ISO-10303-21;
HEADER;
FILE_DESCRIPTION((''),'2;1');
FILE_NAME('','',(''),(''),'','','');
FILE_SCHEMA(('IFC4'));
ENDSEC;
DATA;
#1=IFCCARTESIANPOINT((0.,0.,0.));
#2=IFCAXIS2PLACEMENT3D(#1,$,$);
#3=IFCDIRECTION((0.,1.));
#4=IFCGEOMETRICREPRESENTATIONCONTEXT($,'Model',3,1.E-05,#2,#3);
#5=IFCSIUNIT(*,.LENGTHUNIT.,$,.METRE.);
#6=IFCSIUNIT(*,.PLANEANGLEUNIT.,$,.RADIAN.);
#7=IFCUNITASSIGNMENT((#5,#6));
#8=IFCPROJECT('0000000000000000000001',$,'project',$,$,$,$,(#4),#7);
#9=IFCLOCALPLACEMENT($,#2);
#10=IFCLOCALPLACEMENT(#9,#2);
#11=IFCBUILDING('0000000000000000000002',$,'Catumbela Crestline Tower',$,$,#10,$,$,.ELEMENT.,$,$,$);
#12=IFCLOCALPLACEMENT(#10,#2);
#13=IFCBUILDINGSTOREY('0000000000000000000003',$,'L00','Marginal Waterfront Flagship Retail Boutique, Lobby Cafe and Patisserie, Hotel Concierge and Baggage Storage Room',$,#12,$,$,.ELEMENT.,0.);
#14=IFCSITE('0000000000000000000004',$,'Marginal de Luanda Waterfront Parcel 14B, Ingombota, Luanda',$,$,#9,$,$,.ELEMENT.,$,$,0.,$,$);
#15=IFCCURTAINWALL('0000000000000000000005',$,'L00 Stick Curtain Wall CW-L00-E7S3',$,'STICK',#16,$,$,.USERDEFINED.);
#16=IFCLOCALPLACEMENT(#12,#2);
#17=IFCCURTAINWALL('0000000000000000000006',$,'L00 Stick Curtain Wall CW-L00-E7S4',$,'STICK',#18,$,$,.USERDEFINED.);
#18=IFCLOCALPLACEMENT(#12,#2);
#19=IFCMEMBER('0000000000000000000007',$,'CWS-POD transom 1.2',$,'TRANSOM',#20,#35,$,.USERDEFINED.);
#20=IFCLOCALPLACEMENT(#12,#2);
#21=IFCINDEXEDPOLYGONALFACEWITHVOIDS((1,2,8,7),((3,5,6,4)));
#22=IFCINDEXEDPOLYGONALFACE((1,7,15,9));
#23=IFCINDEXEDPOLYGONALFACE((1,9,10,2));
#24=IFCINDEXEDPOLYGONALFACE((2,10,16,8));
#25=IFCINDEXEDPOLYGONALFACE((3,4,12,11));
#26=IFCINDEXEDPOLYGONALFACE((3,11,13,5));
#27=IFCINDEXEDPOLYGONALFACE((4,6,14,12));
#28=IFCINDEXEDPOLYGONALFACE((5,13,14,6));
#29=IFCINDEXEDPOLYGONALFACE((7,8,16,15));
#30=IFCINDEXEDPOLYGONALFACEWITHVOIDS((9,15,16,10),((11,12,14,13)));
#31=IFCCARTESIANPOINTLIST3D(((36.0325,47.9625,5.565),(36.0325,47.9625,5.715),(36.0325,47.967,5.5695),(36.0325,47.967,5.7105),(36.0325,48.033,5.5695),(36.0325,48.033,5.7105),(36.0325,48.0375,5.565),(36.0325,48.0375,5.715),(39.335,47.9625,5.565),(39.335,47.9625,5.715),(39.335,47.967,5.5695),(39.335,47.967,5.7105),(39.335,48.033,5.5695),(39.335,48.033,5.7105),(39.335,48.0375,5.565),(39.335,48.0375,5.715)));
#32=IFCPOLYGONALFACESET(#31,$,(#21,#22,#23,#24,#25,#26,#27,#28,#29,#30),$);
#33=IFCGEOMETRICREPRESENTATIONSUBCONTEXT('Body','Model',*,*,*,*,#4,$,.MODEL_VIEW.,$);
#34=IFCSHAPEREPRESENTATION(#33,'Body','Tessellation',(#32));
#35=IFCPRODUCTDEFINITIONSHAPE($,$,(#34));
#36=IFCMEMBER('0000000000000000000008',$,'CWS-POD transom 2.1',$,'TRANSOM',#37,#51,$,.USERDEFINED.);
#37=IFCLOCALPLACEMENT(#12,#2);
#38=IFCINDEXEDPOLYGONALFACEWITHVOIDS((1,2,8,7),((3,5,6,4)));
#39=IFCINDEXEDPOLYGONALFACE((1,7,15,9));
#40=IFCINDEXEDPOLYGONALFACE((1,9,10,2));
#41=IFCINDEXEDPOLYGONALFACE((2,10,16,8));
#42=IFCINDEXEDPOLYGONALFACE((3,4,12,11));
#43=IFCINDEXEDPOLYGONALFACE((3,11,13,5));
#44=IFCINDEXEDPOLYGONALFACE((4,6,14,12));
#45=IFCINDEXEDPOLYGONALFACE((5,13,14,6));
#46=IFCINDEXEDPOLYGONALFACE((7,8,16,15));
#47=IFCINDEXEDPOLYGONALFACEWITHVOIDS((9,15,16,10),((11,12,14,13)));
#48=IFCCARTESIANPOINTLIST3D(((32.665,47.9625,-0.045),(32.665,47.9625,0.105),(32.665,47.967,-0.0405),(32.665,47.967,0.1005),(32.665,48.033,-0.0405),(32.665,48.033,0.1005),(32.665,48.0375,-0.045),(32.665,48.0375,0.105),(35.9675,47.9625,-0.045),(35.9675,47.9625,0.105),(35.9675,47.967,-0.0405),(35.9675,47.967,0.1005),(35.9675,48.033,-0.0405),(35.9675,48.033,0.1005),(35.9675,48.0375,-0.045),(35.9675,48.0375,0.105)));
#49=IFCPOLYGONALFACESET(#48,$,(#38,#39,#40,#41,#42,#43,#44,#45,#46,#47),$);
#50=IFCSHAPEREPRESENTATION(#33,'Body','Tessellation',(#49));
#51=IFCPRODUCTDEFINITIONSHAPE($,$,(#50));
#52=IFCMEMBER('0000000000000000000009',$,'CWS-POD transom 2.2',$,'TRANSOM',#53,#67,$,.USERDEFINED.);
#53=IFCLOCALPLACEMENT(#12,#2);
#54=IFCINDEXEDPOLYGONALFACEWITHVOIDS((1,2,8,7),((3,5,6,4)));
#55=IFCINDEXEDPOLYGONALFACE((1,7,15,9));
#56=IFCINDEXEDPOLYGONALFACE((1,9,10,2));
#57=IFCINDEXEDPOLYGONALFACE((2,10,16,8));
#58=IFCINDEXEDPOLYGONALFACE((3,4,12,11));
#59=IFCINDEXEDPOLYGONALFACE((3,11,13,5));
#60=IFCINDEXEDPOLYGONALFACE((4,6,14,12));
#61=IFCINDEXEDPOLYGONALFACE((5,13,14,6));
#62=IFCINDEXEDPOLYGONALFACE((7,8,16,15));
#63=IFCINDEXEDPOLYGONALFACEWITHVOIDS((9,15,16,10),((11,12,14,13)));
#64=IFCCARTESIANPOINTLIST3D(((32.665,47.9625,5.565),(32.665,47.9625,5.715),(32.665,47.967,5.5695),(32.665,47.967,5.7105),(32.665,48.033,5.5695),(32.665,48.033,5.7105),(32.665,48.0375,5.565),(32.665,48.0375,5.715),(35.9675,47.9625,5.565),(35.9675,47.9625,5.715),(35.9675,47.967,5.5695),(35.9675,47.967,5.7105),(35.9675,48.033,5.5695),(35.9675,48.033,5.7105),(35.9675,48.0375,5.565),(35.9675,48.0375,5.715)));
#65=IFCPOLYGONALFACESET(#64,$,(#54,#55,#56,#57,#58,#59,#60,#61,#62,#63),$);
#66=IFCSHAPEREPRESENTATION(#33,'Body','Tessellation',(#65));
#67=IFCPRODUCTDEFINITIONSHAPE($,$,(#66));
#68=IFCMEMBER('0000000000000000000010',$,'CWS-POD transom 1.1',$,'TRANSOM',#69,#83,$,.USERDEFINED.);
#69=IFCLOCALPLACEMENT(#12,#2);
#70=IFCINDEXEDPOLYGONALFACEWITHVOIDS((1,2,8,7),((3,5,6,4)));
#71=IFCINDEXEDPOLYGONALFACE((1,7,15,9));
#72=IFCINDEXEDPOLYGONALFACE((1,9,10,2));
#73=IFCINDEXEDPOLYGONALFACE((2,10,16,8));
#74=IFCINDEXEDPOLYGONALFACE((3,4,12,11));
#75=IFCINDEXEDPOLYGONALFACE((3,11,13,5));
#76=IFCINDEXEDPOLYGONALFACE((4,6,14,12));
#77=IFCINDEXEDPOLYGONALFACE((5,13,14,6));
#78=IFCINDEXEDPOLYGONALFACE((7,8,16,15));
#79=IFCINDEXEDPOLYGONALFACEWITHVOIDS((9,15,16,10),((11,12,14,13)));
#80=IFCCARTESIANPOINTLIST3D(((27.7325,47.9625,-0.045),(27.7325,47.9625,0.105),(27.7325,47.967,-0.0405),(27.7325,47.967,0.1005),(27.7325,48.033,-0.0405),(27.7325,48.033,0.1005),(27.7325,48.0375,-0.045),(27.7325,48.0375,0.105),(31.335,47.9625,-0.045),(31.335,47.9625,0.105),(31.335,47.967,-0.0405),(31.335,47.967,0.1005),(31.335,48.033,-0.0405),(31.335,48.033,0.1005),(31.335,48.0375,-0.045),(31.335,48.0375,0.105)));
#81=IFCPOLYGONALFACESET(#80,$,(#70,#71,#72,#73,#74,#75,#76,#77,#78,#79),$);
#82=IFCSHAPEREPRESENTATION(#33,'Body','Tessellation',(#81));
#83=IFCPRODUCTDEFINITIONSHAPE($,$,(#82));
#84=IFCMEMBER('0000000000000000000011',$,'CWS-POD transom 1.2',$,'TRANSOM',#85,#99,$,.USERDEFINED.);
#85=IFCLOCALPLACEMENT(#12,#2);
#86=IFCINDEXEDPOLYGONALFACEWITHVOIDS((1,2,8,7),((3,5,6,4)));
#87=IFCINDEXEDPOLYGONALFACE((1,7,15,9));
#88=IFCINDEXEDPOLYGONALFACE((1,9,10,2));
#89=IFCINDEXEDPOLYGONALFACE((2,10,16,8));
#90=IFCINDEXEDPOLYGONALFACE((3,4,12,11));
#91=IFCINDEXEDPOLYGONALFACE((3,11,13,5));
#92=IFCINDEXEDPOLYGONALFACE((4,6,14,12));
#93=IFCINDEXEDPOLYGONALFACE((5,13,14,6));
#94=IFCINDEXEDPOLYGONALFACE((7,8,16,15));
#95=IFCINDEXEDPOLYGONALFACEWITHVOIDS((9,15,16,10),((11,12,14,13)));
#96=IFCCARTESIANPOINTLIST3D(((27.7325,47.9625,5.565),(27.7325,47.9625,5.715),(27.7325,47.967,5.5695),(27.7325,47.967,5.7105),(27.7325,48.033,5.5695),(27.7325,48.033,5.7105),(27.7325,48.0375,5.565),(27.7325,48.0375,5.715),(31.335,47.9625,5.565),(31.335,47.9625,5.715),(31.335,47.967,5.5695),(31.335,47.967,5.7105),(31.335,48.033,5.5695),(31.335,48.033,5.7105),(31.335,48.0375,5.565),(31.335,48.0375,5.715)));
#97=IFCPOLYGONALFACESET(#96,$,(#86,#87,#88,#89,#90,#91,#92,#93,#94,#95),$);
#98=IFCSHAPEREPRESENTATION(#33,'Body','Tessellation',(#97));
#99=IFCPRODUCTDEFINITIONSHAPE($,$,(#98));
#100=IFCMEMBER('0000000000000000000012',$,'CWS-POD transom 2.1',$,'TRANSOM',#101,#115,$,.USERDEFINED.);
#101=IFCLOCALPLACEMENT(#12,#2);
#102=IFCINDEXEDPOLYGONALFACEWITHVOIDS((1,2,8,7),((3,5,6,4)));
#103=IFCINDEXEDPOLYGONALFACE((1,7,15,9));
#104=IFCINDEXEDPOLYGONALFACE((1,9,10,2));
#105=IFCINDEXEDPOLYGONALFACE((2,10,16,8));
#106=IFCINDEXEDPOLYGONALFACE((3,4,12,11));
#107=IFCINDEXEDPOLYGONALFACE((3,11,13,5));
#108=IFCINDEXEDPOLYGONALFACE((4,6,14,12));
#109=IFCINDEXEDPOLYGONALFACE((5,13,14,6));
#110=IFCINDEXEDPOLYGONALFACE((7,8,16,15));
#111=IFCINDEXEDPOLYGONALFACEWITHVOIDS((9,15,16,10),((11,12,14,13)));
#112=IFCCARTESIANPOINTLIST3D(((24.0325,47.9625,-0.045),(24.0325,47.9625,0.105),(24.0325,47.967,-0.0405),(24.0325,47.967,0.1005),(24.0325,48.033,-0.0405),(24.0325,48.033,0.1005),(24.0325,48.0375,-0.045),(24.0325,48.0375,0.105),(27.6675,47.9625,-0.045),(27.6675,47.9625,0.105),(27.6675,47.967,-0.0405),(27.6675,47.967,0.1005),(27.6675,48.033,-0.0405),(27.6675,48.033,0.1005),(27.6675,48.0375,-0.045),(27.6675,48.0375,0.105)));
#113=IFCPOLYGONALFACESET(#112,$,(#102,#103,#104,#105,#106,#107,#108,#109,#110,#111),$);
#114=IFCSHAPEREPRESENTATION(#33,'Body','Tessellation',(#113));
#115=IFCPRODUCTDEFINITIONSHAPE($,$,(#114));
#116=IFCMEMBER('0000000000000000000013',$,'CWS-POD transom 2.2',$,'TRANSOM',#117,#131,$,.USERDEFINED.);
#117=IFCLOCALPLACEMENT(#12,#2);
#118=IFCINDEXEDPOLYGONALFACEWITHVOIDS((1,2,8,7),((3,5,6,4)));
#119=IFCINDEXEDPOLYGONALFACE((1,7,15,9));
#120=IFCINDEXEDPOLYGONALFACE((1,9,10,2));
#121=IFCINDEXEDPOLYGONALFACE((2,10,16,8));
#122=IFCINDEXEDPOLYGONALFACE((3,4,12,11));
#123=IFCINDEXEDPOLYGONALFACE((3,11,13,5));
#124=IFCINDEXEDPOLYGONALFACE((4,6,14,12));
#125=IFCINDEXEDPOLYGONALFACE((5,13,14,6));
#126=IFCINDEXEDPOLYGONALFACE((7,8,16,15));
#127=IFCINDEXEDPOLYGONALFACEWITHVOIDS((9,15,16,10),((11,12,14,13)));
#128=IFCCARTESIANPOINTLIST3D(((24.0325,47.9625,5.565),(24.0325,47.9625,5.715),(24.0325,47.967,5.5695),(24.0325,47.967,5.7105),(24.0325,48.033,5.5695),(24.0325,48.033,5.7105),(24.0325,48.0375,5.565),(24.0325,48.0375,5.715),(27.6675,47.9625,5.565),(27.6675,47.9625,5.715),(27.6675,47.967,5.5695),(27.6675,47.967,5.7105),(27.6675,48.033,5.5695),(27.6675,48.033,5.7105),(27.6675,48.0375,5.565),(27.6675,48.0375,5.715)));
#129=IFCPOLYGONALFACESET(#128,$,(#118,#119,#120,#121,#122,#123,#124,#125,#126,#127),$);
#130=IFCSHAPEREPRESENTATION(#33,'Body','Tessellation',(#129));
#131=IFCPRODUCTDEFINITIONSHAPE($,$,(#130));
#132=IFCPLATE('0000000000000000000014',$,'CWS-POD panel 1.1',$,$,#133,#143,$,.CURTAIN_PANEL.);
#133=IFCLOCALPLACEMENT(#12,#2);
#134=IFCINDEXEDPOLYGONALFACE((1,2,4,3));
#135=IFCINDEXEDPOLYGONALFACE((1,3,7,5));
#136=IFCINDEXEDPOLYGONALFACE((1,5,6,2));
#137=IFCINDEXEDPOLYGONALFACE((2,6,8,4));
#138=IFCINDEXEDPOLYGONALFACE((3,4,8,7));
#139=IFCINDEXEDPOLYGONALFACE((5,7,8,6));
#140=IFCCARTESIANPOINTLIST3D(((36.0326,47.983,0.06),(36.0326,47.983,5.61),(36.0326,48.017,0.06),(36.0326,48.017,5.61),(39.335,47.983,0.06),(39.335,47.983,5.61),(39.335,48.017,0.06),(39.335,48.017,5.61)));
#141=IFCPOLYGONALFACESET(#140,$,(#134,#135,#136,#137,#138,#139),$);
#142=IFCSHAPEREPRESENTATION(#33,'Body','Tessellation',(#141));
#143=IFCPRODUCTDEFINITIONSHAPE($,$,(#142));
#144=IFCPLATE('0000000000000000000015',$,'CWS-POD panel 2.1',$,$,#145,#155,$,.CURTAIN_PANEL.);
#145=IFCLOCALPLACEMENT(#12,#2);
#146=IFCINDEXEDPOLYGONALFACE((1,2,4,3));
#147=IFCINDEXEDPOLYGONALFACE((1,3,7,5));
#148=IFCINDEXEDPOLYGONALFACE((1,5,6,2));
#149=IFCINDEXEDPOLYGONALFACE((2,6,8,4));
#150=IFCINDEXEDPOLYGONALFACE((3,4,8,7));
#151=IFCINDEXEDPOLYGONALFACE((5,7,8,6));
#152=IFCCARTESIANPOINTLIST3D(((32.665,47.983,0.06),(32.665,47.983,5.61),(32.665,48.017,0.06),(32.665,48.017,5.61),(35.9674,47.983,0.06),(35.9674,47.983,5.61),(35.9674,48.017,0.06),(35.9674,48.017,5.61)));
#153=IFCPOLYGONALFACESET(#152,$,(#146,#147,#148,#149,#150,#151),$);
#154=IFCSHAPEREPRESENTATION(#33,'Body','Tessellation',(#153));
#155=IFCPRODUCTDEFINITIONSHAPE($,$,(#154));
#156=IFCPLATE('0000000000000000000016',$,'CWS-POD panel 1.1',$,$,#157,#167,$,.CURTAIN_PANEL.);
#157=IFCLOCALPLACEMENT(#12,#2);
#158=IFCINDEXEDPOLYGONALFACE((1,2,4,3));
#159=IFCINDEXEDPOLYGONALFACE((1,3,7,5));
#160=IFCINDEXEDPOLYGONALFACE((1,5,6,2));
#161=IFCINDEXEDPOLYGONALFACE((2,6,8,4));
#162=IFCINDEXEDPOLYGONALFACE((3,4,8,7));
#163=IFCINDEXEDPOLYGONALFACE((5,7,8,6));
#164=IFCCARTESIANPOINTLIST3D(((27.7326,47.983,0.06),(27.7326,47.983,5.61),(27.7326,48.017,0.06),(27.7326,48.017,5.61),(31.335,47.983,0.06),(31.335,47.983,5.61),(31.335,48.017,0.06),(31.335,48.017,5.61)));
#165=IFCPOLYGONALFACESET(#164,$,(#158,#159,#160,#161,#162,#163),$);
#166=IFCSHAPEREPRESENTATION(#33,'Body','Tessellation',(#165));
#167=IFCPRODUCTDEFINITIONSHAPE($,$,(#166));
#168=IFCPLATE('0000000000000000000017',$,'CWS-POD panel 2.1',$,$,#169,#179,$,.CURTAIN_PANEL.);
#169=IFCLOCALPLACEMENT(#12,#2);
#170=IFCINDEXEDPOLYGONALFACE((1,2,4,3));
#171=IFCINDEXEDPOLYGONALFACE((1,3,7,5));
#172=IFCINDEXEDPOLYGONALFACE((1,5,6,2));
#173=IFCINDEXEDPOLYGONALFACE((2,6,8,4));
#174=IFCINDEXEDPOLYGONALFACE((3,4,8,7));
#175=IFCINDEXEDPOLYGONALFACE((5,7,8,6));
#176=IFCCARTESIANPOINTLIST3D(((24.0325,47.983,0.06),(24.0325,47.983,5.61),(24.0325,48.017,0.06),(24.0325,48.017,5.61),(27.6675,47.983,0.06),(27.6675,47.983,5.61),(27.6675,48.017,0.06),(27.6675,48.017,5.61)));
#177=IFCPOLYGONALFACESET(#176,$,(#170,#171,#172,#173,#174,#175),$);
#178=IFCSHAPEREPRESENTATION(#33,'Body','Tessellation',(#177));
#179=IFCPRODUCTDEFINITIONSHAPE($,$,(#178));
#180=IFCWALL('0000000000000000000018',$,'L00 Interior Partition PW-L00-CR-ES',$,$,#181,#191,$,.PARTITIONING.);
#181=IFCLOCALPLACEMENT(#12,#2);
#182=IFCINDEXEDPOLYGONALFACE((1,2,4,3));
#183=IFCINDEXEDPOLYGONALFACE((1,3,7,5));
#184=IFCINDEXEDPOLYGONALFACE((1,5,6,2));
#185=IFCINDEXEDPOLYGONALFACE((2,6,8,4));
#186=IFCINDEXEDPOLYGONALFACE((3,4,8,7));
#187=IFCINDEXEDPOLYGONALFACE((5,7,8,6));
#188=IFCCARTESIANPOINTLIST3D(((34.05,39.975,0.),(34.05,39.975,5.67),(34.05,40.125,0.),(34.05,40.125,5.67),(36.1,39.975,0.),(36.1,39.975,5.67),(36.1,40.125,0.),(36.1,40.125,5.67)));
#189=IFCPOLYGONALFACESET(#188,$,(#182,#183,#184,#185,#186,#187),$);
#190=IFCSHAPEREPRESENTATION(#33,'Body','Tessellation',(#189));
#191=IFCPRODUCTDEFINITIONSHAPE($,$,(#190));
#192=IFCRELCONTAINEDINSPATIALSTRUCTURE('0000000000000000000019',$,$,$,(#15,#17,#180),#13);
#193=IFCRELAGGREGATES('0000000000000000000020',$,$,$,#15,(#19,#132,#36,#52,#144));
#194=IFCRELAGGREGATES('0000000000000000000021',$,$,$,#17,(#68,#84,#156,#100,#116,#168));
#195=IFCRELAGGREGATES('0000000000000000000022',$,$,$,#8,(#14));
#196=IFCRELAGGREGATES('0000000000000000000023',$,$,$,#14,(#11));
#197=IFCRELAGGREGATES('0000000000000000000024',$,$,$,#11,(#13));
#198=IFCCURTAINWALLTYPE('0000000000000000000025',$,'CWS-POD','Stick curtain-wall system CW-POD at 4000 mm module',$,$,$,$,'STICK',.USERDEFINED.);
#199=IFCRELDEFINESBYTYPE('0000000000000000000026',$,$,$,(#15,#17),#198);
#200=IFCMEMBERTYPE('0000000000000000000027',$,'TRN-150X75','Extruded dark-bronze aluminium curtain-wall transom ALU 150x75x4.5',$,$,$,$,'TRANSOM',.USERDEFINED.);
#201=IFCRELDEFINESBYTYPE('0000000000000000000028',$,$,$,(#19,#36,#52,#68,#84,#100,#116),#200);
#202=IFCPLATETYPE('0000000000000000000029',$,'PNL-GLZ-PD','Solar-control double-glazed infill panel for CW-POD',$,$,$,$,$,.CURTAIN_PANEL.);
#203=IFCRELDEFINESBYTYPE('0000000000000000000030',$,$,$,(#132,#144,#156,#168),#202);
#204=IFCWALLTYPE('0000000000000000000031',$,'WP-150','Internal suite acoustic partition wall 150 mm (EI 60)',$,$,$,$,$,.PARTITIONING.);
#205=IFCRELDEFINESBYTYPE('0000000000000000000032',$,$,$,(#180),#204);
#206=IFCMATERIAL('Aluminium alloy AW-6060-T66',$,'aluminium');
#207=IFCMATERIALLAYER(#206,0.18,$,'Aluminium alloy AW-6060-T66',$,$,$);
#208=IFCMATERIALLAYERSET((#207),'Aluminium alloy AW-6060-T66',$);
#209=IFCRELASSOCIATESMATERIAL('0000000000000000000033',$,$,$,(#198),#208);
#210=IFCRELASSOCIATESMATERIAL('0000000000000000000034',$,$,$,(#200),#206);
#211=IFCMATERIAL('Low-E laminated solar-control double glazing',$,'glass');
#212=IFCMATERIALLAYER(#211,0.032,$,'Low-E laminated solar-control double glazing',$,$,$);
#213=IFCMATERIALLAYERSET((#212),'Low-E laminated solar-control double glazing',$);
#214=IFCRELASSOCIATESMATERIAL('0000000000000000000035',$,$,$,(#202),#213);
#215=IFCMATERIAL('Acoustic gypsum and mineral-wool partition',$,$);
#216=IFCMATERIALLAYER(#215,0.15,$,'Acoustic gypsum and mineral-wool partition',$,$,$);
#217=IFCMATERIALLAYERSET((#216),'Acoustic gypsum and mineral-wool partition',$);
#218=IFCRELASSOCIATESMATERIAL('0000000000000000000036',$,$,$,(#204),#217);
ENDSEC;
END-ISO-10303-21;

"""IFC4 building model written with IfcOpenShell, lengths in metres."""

from ifc_helpers import new_model, si_unit, direction, frame, frame_2d, origin, origin_2d, place, context, subcontext, project, spatial, rectangle, hollow_rectangle, extrude, material, layer, layer_set, material_profile, profile_set, type_object, element, aggregate, save


model = new_model("IFC4")

# Units and contexts
model_context = context("Model", 3, precision=1e-05, world=origin(), true_north=direction((0.0, 1.0)))
body_context = subcontext(model_context, "Body", "Model", "MODEL_VIEW")
ifc_project = project(units=[si_unit("LENGTHUNIT", "METRE"), si_unit("PLANEANGLEUNIT", "RADIAN")], contexts=[model_context])

# Site, building, storey
site_placement = place(None, origin())
site = spatial("IfcSite", under=ifc_project, at=site_placement, Name="Marginal de Luanda Waterfront Parcel 14B, Ingombota, Luanda", CompositionType="ELEMENT", RefElevation=0.0)
building_placement = place(site_placement, origin())
building = spatial("IfcBuilding", under=site, at=building_placement, Name="Catumbela Crestline Tower", CompositionType="ELEMENT")
storey_placement = place(building_placement, origin())
storey = spatial("IfcBuildingStorey", under=building, at=storey_placement, Name="L00", Description="Marginal Waterfront Flagship Retail Boutique, Lobby Cafe and Patisserie, Hotel Concierge and Baggage Storage Room", CompositionType="ELEMENT", Elevation=0.0)

# Curtain walls
ifc_material_1 = material(Name="Aluminium alloy AW-6060-T66", Category="aluminium")
ifc_layer_1 = layer(ifc_material_1, 0.18, Name="Aluminium alloy AW-6060-T66")
ifc_layer_set_1 = layer_set([ifc_layer_1], Name="Aluminium alloy AW-6060-T66")
curtain_wall_type = type_object("IfcCurtainWallType", Name="CWS-POD", Description="Stick curtain-wall system CW-POD at 4000 mm module", ElementType="STICK", PredefinedType="USERDEFINED", material=ifc_layer_set_1)
curtain_wall_1_placement = place(storey_placement, origin())
curtain_wall_1 = element("IfcCurtainWall", 1, at=curtain_wall_1_placement, inside=storey, type_object=curtain_wall_type, Name="L00 Stick Curtain Wall CW-L00-E7S3", ObjectType="STICK", PredefinedType="USERDEFINED")
curtain_wall_2_placement = place(storey_placement, origin())
curtain_wall_2 = element("IfcCurtainWall", 2, at=curtain_wall_2_placement, inside=storey, type_object=curtain_wall_type, Name="L00 Stick Curtain Wall CW-L00-E7S4", ObjectType="STICK", PredefinedType="USERDEFINED")

# Members
ifc_material_profile_1 = material_profile(ifc_material_1, hollow_rectangle(XDim=0.075, YDim=0.15, WallThickness=0.0045, at=origin_2d()), Name="ALU 150x75x4.5")
ifc_profile_set_1 = profile_set([ifc_material_profile_1], Name="Aluminium alloy AW-6060-T66")
member_type_1 = type_object("IfcMemberType", Name="TRN-150X75", Description="Extruded dark-bronze aluminium curtain-wall transom ALU 150x75x4.5", ElementType="TRANSOM", PredefinedType="USERDEFINED", material=ifc_profile_set_1)
member_1_placement = place(storey_placement, frame((39.335, 48.0, 5.64), z_axis=(-1.0, 0.0, 0.0), x_axis=(0.0, -1.0, 0.0)))
member_1 = element("IfcMember", 3, at=member_1_placement, type_object=member_type_1, Name="CWS-POD transom 1.2", ObjectType="TRANSOM", PredefinedType="USERDEFINED", context=body_context, shape_type="SweptSolid", body=[
    extrude(hollow_rectangle(XDim=0.075, YDim=0.15, WallThickness=0.0045, at=origin_2d()), origin(), (0.0, 0.0, 1.0), 3.3025),
])
member_2_placement = place(storey_placement, frame((35.9675, 48.0, 0.03), z_axis=(-1.0, 0.0, 0.0), x_axis=(0.0, -1.0, 0.0)))
member_2 = element("IfcMember", 4, at=member_2_placement, type_object=member_type_1, Name="CWS-POD transom 2.1", ObjectType="TRANSOM", PredefinedType="USERDEFINED", context=body_context, shape_type="SweptSolid", body=[
    extrude(hollow_rectangle(XDim=0.075, YDim=0.15, WallThickness=0.0045, at=origin_2d()), origin(), (0.0, 0.0, 1.0), 3.3025),
])
member_3_placement = place(storey_placement, frame((35.9675, 48.0, 5.64), z_axis=(-1.0, 0.0, 0.0), x_axis=(0.0, -1.0, 0.0)))
member_3 = element("IfcMember", 5, at=member_3_placement, type_object=member_type_1, Name="CWS-POD transom 2.2", ObjectType="TRANSOM", PredefinedType="USERDEFINED", context=body_context, shape_type="SweptSolid", body=[
    extrude(hollow_rectangle(XDim=0.075, YDim=0.15, WallThickness=0.0045, at=origin_2d()), origin(), (0.0, 0.0, 1.0), 3.3025),
])
member_4_placement = place(storey_placement, frame((31.335, 48.0, 0.03), z_axis=(-1.0, 0.0, 0.0), x_axis=(0.0, -1.0, 0.0)))
member_4 = element("IfcMember", 6, at=member_4_placement, type_object=member_type_1, Name="CWS-POD transom 1.1", ObjectType="TRANSOM", PredefinedType="USERDEFINED", context=body_context, shape_type="SweptSolid", body=[
    extrude(hollow_rectangle(XDim=0.075, YDim=0.15, WallThickness=0.0045, at=origin_2d()), origin(), (0.0, 0.0, 1.0), 3.6025),
])
member_5_placement = place(storey_placement, frame((31.335, 48.0, 5.64), z_axis=(-1.0, 0.0, 0.0), x_axis=(0.0, -1.0, 0.0)))
member_5 = element("IfcMember", 7, at=member_5_placement, type_object=member_type_1, Name="CWS-POD transom 1.2", ObjectType="TRANSOM", PredefinedType="USERDEFINED", context=body_context, shape_type="SweptSolid", body=[
    extrude(hollow_rectangle(XDim=0.075, YDim=0.15, WallThickness=0.0045, at=origin_2d()), origin(), (0.0, 0.0, 1.0), 3.6025),
])
member_6_placement = place(storey_placement, frame((27.6675, 48.0, 0.03), z_axis=(-1.0, 0.0, 0.0), x_axis=(0.0, -1.0, 0.0)))
member_6 = element("IfcMember", 8, at=member_6_placement, type_object=member_type_1, Name="CWS-POD transom 2.1", ObjectType="TRANSOM", PredefinedType="USERDEFINED", context=body_context, shape_type="SweptSolid", body=[
    extrude(hollow_rectangle(XDim=0.075, YDim=0.15, WallThickness=0.0045, at=origin_2d()), origin(), (0.0, 0.0, 1.0), 3.635),
])
member_7_placement = place(storey_placement, frame((27.6675, 48.0, 5.64), z_axis=(-1.0, 0.0, 0.0), x_axis=(0.0, -1.0, 0.0)))
member_7 = element("IfcMember", 9, at=member_7_placement, type_object=member_type_1, Name="CWS-POD transom 2.2", ObjectType="TRANSOM", PredefinedType="USERDEFINED", context=body_context, shape_type="SweptSolid", body=[
    extrude(hollow_rectangle(XDim=0.075, YDim=0.15, WallThickness=0.0045, at=origin_2d()), origin(), (0.0, 0.0, 1.0), 3.635),
])

# Plates
ifc_material_2 = material(Name="Low-E laminated solar-control double glazing", Category="glass")
ifc_layer_2 = layer(ifc_material_2, 0.032, Name="Low-E laminated solar-control double glazing")
ifc_layer_set_2 = layer_set([ifc_layer_2], Name="Low-E laminated solar-control double glazing")
plate_type = type_object("IfcPlateType", Name="PNL-GLZ-PD", Description="Solar-control double-glazed infill panel for CW-POD", PredefinedType="CURTAIN_PANEL", material=ifc_layer_set_2)
plate_1_placement = place(storey_placement, frame((37.6838, 48.0, 0.06), z_axis=(0.0, 0.0, 1.0), x_axis=(-1.0, 0.0, 0.0)))
plate_1 = element("IfcPlate", 10, at=plate_1_placement, type_object=plate_type, Name="CWS-POD panel 1.1", PredefinedType="CURTAIN_PANEL", context=body_context, shape_type="SweptSolid", body=[
    extrude(rectangle(XDim=3.3025, YDim=0.034, at=origin_2d()), origin(), (0.0, 0.0, 1.0), 5.55),
])
plate_2_placement = place(storey_placement, frame((34.3162, 48.0, 0.06), z_axis=(0.0, 0.0, 1.0), x_axis=(-1.0, 0.0, 0.0)))
plate_2 = element("IfcPlate", 11, at=plate_2_placement, type_object=plate_type, Name="CWS-POD panel 2.1", PredefinedType="CURTAIN_PANEL", context=body_context, shape_type="SweptSolid", body=[
    extrude(rectangle(XDim=3.3025, YDim=0.034, at=origin_2d()), origin(), (0.0, 0.0, 1.0), 5.55),
])
aggregate(curtain_wall_1, [member_1, plate_1, member_2, member_3, plate_2])
plate_3_placement = place(storey_placement, frame((29.5338, 48.0, 0.06), z_axis=(0.0, 0.0, 1.0), x_axis=(-1.0, 0.0, 0.0)))
plate_3 = element("IfcPlate", 12, at=plate_3_placement, type_object=plate_type, Name="CWS-POD panel 1.1", PredefinedType="CURTAIN_PANEL", context=body_context, shape_type="SweptSolid", body=[
    extrude(rectangle(XDim=3.6025, YDim=0.034, at=origin_2d()), origin(), (0.0, 0.0, 1.0), 5.55),
])
plate_4_placement = place(storey_placement, frame((25.85, 48.0, 0.06), z_axis=(0.0, 0.0, 1.0), x_axis=(-1.0, 0.0, 0.0)))
plate_4 = element("IfcPlate", 13, at=plate_4_placement, type_object=plate_type, Name="CWS-POD panel 2.1", PredefinedType="CURTAIN_PANEL", context=body_context, shape_type="SweptSolid", body=[
    extrude(rectangle(XDim=3.635, YDim=0.034, at=origin_2d()), origin(), (0.0, 0.0, 1.0), 5.55),
])
aggregate(curtain_wall_2, [member_4, member_5, plate_3, member_6, member_7, plate_4])

# Wall
ifc_material_3 = material(Name="Acoustic gypsum and mineral-wool partition")
ifc_layer_3 = layer(ifc_material_3, 0.15, Name="Acoustic gypsum and mineral-wool partition")
ifc_layer_set_3 = layer_set([ifc_layer_3], Name="Acoustic gypsum and mineral-wool partition")
wall_type = type_object("IfcWallType", Name="WP-150", Description="Internal suite acoustic partition wall 150 mm (EI 60)", PredefinedType="PARTITIONING", material=ifc_layer_set_3)
wall_1_placement = place(storey_placement, frame((34.05, 40.05, 0.0), z_axis=(0.0, 0.0, 1.0), x_axis=(1.0, 0.0, 0.0)))
element("IfcWall", 14, at=wall_1_placement, inside=storey, type_object=wall_type, Name="L00 Interior Partition PW-L00-CR-ES", PredefinedType="PARTITIONING", context=body_context, shape_type="SweptSolid", body=[
    extrude(rectangle(XDim=2.05, YDim=0.15, at=frame_2d((1.025, 0.0))), origin(), (0.0, 0.0, 1.0), 5.67),
])

save(model, "model.ifc")
